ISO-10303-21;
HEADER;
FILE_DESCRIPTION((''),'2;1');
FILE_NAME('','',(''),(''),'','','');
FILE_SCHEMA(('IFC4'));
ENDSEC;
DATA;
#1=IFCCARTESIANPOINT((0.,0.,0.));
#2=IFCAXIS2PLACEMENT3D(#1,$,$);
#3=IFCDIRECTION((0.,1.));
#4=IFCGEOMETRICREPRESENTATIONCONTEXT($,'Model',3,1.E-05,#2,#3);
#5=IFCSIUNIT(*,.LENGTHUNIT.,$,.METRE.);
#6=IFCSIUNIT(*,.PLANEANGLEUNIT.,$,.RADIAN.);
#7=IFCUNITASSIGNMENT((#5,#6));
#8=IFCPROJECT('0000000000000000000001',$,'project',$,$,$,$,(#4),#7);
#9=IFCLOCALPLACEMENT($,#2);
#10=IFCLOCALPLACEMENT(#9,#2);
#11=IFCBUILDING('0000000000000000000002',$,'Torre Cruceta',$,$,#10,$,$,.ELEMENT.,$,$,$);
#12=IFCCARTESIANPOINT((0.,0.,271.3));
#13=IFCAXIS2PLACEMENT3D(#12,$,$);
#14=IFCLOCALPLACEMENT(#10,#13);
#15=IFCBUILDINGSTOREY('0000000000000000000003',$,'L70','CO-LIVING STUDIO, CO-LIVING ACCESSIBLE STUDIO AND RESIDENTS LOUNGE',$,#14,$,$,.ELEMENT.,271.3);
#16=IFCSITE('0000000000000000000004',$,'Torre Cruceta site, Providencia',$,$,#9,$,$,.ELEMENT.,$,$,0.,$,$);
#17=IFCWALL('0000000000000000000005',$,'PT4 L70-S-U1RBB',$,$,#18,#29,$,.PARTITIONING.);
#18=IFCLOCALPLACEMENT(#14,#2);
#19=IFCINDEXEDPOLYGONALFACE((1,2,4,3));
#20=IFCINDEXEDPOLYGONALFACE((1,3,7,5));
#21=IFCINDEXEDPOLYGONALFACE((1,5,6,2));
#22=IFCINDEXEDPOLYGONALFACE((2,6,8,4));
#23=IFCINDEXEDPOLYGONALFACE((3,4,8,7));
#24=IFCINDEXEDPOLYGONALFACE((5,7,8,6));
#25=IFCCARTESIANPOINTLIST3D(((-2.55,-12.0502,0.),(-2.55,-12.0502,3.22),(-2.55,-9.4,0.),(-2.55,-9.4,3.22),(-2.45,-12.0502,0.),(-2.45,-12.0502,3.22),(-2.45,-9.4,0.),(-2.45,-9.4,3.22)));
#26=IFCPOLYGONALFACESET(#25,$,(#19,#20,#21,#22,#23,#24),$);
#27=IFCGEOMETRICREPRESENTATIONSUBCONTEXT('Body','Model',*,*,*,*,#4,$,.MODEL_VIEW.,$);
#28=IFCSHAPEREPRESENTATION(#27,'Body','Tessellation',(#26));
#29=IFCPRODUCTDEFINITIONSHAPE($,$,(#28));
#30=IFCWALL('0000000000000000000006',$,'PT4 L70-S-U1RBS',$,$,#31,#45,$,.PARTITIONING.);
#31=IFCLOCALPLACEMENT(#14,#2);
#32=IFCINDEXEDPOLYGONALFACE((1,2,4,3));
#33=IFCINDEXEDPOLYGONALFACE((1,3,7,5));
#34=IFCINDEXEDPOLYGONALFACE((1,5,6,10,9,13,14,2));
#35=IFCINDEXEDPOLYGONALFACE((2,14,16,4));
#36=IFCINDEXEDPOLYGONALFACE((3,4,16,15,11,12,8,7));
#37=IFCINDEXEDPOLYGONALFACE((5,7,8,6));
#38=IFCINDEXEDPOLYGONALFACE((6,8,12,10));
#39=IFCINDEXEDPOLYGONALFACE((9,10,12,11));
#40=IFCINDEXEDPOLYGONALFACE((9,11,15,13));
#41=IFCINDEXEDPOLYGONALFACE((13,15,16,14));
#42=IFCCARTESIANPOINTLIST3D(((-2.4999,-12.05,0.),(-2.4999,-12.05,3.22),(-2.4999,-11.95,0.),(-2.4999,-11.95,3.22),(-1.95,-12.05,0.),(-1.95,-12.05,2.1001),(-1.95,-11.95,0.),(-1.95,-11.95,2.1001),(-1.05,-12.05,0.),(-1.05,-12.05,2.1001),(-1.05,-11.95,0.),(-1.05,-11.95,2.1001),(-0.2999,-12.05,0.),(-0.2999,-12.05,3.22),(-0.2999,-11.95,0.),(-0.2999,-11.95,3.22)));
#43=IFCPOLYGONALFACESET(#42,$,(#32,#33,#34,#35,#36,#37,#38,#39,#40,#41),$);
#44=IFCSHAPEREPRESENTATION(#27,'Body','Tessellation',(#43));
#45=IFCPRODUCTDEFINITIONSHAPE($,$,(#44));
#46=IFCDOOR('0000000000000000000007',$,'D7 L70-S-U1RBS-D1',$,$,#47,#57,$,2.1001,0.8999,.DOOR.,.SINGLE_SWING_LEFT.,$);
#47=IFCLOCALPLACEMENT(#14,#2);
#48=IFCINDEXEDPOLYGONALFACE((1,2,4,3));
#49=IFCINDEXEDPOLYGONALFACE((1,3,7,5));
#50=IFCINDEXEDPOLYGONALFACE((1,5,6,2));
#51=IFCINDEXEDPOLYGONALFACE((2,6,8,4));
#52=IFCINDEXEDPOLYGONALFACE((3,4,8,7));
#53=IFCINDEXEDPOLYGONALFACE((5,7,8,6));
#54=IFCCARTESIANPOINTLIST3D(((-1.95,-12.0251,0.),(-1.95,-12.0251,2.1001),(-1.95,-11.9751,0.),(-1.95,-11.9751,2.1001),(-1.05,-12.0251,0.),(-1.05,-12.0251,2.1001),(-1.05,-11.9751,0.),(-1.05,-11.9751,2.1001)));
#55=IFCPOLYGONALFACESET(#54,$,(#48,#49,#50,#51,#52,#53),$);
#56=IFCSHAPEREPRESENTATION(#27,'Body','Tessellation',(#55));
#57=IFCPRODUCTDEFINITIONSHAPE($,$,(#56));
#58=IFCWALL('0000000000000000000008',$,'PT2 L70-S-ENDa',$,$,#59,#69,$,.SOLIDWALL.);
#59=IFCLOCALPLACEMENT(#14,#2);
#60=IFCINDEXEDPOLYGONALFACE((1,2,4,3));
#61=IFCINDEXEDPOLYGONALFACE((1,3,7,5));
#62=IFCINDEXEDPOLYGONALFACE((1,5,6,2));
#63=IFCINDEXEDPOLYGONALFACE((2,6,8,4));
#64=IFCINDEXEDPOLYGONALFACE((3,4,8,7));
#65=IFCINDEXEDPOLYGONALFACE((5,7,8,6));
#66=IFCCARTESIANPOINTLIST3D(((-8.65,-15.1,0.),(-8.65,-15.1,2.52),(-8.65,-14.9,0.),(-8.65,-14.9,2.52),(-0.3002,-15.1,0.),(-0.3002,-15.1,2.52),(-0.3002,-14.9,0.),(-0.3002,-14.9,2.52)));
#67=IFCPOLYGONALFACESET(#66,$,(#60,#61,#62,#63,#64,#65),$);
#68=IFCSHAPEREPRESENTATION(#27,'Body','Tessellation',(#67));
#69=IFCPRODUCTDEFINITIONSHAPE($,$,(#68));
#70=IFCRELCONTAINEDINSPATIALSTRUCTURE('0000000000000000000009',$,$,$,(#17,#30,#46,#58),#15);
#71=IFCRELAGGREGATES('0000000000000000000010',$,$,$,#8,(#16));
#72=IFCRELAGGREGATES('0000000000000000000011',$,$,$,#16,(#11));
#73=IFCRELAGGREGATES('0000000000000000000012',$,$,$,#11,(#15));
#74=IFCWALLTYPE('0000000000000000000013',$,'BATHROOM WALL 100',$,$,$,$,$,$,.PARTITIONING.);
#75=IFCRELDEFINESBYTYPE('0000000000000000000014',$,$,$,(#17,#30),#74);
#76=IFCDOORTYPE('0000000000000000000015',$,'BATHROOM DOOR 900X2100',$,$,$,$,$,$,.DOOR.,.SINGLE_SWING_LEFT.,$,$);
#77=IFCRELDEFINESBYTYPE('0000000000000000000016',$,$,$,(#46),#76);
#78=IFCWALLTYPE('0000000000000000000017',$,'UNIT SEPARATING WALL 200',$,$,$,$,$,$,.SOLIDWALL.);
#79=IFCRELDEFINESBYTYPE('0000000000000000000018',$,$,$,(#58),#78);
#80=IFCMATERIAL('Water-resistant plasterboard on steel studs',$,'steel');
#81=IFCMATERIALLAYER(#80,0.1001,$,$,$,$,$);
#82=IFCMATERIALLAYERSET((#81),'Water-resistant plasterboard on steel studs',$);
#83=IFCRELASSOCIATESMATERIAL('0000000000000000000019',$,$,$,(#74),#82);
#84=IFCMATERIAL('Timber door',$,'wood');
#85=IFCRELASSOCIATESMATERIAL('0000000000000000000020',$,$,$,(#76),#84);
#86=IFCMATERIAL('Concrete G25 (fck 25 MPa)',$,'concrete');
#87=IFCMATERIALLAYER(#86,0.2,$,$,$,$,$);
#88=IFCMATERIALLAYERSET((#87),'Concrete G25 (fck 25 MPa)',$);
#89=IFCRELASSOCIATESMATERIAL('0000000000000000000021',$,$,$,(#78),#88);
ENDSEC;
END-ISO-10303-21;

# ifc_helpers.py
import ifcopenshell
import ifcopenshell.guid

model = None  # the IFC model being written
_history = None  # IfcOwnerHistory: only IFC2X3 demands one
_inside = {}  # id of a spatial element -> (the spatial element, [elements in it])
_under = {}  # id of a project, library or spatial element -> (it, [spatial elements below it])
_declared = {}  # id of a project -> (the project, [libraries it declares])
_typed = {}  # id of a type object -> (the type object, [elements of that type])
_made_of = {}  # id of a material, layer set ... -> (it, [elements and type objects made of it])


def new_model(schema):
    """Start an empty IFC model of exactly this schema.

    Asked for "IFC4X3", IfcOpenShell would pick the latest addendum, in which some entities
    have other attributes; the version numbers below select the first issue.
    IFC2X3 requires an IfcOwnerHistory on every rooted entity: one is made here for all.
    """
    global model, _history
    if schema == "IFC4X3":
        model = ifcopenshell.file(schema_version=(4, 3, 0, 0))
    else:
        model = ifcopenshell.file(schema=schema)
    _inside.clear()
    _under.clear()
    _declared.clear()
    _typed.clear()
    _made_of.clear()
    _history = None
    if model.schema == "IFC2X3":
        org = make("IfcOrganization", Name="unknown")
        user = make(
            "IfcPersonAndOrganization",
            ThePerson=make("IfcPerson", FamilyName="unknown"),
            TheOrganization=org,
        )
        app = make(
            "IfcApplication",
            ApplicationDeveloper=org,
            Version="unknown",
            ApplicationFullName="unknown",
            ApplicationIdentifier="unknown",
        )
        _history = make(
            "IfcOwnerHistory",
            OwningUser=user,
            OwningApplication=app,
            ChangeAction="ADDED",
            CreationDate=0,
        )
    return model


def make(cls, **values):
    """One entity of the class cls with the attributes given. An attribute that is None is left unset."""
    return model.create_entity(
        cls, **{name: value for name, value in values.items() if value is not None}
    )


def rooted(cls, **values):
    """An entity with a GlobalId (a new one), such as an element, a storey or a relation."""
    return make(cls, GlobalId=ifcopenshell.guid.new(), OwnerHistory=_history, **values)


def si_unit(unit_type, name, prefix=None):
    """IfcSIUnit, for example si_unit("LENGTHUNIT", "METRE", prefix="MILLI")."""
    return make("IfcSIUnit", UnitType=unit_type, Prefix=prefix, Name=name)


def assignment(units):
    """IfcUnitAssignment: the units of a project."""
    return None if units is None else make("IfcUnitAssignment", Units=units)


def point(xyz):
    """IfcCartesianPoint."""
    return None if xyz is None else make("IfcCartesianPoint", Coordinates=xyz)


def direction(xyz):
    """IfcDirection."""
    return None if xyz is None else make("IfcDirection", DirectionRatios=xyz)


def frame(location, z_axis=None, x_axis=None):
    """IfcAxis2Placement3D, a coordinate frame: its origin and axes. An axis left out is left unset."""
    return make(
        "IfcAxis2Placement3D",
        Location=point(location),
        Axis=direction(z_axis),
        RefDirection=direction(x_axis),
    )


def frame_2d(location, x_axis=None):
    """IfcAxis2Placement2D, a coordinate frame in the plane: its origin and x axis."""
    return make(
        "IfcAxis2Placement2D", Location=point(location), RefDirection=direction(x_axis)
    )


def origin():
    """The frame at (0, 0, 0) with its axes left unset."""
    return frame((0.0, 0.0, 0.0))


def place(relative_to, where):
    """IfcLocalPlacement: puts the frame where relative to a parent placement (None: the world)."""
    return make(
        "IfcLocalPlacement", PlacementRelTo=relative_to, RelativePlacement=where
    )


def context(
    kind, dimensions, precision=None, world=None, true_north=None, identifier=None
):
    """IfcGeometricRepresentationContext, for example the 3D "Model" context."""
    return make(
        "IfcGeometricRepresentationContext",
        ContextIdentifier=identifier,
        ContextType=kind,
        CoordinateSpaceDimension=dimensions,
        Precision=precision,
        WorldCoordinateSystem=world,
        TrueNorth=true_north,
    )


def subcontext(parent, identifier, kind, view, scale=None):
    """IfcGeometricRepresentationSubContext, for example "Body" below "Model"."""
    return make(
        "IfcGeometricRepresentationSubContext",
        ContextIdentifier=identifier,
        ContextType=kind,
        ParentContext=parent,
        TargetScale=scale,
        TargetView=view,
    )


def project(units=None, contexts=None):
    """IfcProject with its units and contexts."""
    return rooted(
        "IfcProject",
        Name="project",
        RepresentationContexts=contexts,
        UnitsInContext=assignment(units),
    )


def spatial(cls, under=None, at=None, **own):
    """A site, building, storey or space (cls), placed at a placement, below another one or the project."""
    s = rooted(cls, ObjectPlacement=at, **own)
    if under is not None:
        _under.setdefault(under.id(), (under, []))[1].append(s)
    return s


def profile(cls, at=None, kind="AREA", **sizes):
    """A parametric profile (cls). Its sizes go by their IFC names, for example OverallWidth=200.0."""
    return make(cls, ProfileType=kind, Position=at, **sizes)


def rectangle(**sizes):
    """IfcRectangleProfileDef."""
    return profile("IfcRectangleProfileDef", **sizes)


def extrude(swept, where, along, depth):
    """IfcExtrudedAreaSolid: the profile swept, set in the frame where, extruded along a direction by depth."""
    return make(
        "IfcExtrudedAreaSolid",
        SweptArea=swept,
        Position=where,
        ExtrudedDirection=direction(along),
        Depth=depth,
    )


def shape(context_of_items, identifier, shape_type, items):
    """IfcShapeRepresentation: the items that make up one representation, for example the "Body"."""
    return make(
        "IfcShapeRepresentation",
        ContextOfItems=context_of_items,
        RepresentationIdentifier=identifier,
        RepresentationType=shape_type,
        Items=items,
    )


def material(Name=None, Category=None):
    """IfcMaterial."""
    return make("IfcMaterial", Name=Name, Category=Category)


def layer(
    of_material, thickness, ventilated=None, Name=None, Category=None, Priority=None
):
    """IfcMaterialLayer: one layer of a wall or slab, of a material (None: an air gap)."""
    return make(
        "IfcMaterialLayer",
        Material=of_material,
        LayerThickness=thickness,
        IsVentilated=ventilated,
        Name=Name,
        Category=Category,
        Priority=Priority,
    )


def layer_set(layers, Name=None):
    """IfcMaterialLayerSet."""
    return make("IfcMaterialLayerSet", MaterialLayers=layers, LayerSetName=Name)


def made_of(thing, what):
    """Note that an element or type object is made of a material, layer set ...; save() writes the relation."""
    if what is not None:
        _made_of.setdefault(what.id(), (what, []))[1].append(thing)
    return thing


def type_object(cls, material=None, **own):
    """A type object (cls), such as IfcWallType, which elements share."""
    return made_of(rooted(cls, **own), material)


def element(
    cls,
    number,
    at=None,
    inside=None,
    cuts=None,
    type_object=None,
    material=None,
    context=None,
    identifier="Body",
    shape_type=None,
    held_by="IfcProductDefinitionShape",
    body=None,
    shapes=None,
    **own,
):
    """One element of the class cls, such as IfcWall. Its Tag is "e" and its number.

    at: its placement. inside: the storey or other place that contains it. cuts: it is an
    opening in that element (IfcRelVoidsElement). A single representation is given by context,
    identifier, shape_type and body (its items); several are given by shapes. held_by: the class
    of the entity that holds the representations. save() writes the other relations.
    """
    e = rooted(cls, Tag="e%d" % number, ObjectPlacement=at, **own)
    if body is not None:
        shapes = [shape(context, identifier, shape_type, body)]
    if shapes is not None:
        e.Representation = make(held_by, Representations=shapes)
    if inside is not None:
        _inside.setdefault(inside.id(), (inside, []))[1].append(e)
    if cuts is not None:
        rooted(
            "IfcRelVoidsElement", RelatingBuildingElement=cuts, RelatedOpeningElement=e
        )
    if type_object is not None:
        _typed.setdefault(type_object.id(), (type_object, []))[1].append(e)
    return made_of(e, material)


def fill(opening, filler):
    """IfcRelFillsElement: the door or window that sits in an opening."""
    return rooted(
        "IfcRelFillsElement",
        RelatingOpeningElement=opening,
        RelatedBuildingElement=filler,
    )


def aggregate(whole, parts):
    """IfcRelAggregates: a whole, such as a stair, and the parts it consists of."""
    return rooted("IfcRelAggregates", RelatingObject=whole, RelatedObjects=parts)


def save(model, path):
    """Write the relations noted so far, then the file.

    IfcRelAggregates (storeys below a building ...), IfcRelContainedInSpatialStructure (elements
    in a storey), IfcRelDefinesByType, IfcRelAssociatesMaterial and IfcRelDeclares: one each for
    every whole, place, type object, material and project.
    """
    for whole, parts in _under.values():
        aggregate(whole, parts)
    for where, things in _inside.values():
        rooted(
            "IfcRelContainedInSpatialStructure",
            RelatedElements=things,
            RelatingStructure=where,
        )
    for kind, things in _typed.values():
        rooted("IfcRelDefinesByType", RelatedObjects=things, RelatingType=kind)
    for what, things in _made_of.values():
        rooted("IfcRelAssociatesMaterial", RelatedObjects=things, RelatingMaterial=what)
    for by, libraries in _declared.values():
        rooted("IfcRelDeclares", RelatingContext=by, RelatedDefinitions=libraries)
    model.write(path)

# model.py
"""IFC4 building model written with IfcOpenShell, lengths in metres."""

from ifc_helpers import new_model, si_unit, direction, frame, frame_2d, origin, place, context, subcontext, project, spatial, rectangle, extrude, material, layer, layer_set, type_object, element, fill, save


model = new_model("IFC4")

# Units and contexts
model_context = context("Model", 3, precision=1e-05, world=origin(), true_north=direction((0.0, 1.0)))
body_context = subcontext(model_context, "Body", "Model", "MODEL_VIEW")
ifc_project = project(units=[si_unit("LENGTHUNIT", "METRE"), si_unit("PLANEANGLEUNIT", "RADIAN")], contexts=[model_context])

# Site, building, storey
site_placement = place(None, origin())
site = spatial("IfcSite", under=ifc_project, at=site_placement, Name="Torre Cruceta site, Providencia", CompositionType="ELEMENT", RefElevation=0.0)
building_placement = place(site_placement, origin())
building = spatial("IfcBuilding", under=site, at=building_placement, Name="Torre Cruceta", CompositionType="ELEMENT")
storey_placement = place(building_placement, frame((0.0, 0.0, 271.3)))
storey = spatial("IfcBuildingStorey", under=building, at=storey_placement, Name="L70", Description="CO-LIVING STUDIO, CO-LIVING ACCESSIBLE STUDIO AND RESIDENTS LOUNGE", CompositionType="ELEMENT", Elevation=271.3)

# Wall
ifc_material_1 = material(Name="Water-resistant plasterboard on steel studs", Category="steel")
ifc_layer_1 = layer(ifc_material_1, 0.1001)
ifc_layer_set_1 = layer_set([ifc_layer_1], Name="Water-resistant plasterboard on steel studs")
wall_type_1 = type_object("IfcWallType", Name="BATHROOM WALL 100", PredefinedType="PARTITIONING", material=ifc_layer_set_1)
wall_1_placement = place(storey_placement, frame((-2.5, -9.3999, 0.0), z_axis=(0.0, 0.0, 1.0), x_axis=(0.0, -1.0, 0.0)))
element("IfcWall", 1, at=wall_1_placement, inside=storey, type_object=wall_type_1, Name="PT4 L70-S-U1RBB", PredefinedType="PARTITIONING", context=body_context, shape_type="SweptSolid", body=[
    extrude(rectangle(XDim=2.6501, YDim=0.1001, at=frame_2d((1.3252, 0.0))), origin(), (0.0, 0.0, 1.0), 3.22),
])

# Wall, opening, door
wall_2_placement = place(storey_placement, frame((-2.5, -12.0, 0.0), z_axis=(0.0, 0.0, 1.0), x_axis=(1.0, 0.0, 0.0)))
wall_2 = element("IfcWall", 2, at=wall_2_placement, inside=storey, type_object=wall_type_1, Name="PT4 L70-S-U1RBS", PredefinedType="PARTITIONING", context=body_context, shape_type="SweptSolid", body=[
    extrude(rectangle(XDim=2.2, YDim=0.1001, at=frame_2d((1.1001, 0.0))), origin(), (0.0, 0.0, 1.0), 3.22),
])
opening_placement = place(wall_2_placement, frame((0.55, 0.0, 0.0)))
opening = element("IfcOpeningElement", 3, at=opening_placement, cuts=wall_2, PredefinedType="OPENING", context=body_context, shape_type="SweptSolid", body=[
    extrude(rectangle(XDim=0.8999, YDim=2.1001, at=frame_2d((0.45, 1.05))), frame((0.0, 0.0601, 0.0), z_axis=(0.0, -1.0, 0.0), x_axis=(1.0, 0.0, 0.0)), (0.0, 0.0, 1.0), 0.1201),
])
ifc_material_2 = material(Name="Timber door", Category="wood")
door_type = type_object("IfcDoorType", Name="BATHROOM DOOR 900X2100", OperationType="SINGLE_SWING_LEFT", PredefinedType="DOOR", material=ifc_material_2)
door_placement = place(opening_placement, origin())
door = element("IfcDoor", 4, at=door_placement, inside=storey, type_object=door_type, Name="D7 L70-S-U1RBS-D1", OperationType="SINGLE_SWING_LEFT", OverallHeight=2.1001, OverallWidth=0.8999, PredefinedType="DOOR", context=body_context, shape_type="SweptSolid", body=[
    extrude(rectangle(XDim=0.8999, YDim=2.1001, at=frame_2d((0.45, 1.05))), frame((0.0, 0.0249, 0.0), z_axis=(0.0, -1.0, 0.0), x_axis=(1.0, 0.0, 0.0)), (0.0, 0.0, 1.0), 0.05),
])
fill(opening, door)

# Wall
ifc_material_3 = material(Name="Concrete G25 (fck 25 MPa)", Category="concrete")
ifc_layer_2 = layer(ifc_material_3, 0.2)
ifc_layer_set_2 = layer_set([ifc_layer_2], Name="Concrete G25 (fck 25 MPa)")
wall_type_2 = type_object("IfcWallType", Name="UNIT SEPARATING WALL 200", PredefinedType="SOLIDWALL", material=ifc_layer_set_2)
wall_3_placement = place(storey_placement, frame((-8.6499, -15.0, 0.0), z_axis=(0.0, 0.0, 1.0), x_axis=(1.0, 0.0, 0.0)))
element("IfcWall", 5, at=wall_3_placement, inside=storey, type_object=wall_type_2, Name="PT2 L70-S-ENDa", PredefinedType="SOLIDWALL", context=body_context, shape_type="SweptSolid", body=[
    extrude(rectangle(XDim=8.3499, YDim=0.2, at=frame_2d((4.1748, 0.0))), origin(), (0.0, 0.0, 1.0), 2.52),
])

save(model, "model.ifc")
